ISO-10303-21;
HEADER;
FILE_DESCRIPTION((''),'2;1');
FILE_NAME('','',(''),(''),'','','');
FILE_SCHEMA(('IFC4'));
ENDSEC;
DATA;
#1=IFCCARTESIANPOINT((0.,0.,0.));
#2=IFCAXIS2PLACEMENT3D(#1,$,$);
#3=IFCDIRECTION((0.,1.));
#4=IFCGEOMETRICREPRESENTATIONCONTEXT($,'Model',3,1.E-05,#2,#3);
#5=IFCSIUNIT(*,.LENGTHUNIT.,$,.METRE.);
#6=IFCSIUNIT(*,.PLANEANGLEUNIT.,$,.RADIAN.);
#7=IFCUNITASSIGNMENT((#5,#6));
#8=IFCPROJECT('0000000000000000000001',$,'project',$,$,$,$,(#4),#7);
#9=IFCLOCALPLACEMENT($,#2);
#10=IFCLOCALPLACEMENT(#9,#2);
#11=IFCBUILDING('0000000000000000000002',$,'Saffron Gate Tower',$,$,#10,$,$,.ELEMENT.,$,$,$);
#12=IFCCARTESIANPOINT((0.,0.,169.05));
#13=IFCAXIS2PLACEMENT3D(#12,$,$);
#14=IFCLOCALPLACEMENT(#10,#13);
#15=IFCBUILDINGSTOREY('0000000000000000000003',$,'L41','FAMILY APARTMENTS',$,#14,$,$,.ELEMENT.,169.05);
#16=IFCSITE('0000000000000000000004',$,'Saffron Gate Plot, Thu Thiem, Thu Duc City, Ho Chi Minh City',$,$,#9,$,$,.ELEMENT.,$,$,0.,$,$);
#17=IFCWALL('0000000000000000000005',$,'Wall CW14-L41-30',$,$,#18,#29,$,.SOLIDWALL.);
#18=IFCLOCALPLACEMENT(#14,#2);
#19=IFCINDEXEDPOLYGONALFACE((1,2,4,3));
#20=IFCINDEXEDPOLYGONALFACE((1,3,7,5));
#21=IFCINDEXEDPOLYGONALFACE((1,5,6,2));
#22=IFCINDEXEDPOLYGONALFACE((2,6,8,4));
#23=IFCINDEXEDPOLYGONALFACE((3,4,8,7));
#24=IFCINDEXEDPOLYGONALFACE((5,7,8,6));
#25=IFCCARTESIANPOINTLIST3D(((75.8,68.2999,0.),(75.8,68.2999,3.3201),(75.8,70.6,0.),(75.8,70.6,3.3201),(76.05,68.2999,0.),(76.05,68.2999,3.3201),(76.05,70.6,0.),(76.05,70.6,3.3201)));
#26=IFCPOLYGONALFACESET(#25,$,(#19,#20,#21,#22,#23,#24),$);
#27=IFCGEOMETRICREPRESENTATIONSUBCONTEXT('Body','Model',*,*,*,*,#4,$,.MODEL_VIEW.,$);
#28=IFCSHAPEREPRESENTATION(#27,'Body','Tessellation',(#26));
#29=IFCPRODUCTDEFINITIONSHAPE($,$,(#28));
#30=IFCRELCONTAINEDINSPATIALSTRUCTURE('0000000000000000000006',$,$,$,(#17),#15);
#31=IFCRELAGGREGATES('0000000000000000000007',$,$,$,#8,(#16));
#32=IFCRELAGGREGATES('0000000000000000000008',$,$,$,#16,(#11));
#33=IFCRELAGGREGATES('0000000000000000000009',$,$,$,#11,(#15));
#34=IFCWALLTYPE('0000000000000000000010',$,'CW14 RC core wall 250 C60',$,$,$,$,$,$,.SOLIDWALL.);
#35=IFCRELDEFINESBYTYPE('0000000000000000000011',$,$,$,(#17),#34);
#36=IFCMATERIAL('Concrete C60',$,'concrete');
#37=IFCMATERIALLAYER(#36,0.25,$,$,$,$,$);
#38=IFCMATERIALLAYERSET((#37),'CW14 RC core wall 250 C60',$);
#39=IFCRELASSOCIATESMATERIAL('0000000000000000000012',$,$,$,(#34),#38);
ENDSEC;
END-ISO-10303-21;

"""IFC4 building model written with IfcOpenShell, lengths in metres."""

from ifc_helpers import new_model, si_unit, direction, frame, frame_2d, origin, place, context, subcontext, project, spatial, rectangle, extrude, material, layer, layer_set, type_object, element, save


model = new_model("IFC4")

# Units and contexts
model_context = context("Model", 3, precision=1e-05, world=origin(), true_north=direction((0.0, 1.0)))
body_context = subcontext(model_context, "Body", "Model", "MODEL_VIEW")
ifc_project = project(units=[si_unit("LENGTHUNIT", "METRE"), si_unit("PLANEANGLEUNIT", "RADIAN")], contexts=[model_context])

# Site, building, storey
site_placement = place(None, origin())
site = spatial("IfcSite", under=ifc_project, at=site_placement, Name="Saffron Gate Plot, Thu Thiem, Thu Duc City, Ho Chi Minh City", CompositionType="ELEMENT", RefElevation=0.0)
building_placement = place(site_placement, origin())
building = spatial("IfcBuilding", under=site, at=building_placement, Name="Saffron Gate Tower", CompositionType="ELEMENT")
storey_placement = place(building_placement, frame((0.0, 0.0, 169.05)))
storey = spatial("IfcBuildingStorey", under=building, at=storey_placement, Name="L41", Description="FAMILY APARTMENTS", CompositionType="ELEMENT", Elevation=169.05)

# Wall
ifc_material_1 = material(Name="Concrete C60", Category="concrete")
ifc_layer_1 = layer(ifc_material_1, 0.25)
ifc_layer_set_1 = layer_set([ifc_layer_1], Name="CW14 RC core wall 250 C60")
wall_type_1 = type_object("IfcWallType", Name="CW14 RC core wall 250 C60", PredefinedType="SOLIDWALL", material=ifc_layer_set_1)
wall_1_placement = place(storey_placement, frame((75.925, 68.3, 0.0), z_axis=(0.0, 0.0, 1.0), x_axis=(0.0, 1.0, 0.0)))
element("IfcWall", 1, at=wall_1_placement, inside=storey, type_object=wall_type_1, Name="Wall CW14-L41-30", PredefinedType="SOLIDWALL", context=body_context, shape_type="SweptSolid", body=[
    extrude(rectangle(XDim=2.3, YDim=0.25, at=frame_2d((1.1499, 0.0))), origin(), (0.0, 0.0, 1.0), 3.3201),
])

save(model, "model.ifc")
